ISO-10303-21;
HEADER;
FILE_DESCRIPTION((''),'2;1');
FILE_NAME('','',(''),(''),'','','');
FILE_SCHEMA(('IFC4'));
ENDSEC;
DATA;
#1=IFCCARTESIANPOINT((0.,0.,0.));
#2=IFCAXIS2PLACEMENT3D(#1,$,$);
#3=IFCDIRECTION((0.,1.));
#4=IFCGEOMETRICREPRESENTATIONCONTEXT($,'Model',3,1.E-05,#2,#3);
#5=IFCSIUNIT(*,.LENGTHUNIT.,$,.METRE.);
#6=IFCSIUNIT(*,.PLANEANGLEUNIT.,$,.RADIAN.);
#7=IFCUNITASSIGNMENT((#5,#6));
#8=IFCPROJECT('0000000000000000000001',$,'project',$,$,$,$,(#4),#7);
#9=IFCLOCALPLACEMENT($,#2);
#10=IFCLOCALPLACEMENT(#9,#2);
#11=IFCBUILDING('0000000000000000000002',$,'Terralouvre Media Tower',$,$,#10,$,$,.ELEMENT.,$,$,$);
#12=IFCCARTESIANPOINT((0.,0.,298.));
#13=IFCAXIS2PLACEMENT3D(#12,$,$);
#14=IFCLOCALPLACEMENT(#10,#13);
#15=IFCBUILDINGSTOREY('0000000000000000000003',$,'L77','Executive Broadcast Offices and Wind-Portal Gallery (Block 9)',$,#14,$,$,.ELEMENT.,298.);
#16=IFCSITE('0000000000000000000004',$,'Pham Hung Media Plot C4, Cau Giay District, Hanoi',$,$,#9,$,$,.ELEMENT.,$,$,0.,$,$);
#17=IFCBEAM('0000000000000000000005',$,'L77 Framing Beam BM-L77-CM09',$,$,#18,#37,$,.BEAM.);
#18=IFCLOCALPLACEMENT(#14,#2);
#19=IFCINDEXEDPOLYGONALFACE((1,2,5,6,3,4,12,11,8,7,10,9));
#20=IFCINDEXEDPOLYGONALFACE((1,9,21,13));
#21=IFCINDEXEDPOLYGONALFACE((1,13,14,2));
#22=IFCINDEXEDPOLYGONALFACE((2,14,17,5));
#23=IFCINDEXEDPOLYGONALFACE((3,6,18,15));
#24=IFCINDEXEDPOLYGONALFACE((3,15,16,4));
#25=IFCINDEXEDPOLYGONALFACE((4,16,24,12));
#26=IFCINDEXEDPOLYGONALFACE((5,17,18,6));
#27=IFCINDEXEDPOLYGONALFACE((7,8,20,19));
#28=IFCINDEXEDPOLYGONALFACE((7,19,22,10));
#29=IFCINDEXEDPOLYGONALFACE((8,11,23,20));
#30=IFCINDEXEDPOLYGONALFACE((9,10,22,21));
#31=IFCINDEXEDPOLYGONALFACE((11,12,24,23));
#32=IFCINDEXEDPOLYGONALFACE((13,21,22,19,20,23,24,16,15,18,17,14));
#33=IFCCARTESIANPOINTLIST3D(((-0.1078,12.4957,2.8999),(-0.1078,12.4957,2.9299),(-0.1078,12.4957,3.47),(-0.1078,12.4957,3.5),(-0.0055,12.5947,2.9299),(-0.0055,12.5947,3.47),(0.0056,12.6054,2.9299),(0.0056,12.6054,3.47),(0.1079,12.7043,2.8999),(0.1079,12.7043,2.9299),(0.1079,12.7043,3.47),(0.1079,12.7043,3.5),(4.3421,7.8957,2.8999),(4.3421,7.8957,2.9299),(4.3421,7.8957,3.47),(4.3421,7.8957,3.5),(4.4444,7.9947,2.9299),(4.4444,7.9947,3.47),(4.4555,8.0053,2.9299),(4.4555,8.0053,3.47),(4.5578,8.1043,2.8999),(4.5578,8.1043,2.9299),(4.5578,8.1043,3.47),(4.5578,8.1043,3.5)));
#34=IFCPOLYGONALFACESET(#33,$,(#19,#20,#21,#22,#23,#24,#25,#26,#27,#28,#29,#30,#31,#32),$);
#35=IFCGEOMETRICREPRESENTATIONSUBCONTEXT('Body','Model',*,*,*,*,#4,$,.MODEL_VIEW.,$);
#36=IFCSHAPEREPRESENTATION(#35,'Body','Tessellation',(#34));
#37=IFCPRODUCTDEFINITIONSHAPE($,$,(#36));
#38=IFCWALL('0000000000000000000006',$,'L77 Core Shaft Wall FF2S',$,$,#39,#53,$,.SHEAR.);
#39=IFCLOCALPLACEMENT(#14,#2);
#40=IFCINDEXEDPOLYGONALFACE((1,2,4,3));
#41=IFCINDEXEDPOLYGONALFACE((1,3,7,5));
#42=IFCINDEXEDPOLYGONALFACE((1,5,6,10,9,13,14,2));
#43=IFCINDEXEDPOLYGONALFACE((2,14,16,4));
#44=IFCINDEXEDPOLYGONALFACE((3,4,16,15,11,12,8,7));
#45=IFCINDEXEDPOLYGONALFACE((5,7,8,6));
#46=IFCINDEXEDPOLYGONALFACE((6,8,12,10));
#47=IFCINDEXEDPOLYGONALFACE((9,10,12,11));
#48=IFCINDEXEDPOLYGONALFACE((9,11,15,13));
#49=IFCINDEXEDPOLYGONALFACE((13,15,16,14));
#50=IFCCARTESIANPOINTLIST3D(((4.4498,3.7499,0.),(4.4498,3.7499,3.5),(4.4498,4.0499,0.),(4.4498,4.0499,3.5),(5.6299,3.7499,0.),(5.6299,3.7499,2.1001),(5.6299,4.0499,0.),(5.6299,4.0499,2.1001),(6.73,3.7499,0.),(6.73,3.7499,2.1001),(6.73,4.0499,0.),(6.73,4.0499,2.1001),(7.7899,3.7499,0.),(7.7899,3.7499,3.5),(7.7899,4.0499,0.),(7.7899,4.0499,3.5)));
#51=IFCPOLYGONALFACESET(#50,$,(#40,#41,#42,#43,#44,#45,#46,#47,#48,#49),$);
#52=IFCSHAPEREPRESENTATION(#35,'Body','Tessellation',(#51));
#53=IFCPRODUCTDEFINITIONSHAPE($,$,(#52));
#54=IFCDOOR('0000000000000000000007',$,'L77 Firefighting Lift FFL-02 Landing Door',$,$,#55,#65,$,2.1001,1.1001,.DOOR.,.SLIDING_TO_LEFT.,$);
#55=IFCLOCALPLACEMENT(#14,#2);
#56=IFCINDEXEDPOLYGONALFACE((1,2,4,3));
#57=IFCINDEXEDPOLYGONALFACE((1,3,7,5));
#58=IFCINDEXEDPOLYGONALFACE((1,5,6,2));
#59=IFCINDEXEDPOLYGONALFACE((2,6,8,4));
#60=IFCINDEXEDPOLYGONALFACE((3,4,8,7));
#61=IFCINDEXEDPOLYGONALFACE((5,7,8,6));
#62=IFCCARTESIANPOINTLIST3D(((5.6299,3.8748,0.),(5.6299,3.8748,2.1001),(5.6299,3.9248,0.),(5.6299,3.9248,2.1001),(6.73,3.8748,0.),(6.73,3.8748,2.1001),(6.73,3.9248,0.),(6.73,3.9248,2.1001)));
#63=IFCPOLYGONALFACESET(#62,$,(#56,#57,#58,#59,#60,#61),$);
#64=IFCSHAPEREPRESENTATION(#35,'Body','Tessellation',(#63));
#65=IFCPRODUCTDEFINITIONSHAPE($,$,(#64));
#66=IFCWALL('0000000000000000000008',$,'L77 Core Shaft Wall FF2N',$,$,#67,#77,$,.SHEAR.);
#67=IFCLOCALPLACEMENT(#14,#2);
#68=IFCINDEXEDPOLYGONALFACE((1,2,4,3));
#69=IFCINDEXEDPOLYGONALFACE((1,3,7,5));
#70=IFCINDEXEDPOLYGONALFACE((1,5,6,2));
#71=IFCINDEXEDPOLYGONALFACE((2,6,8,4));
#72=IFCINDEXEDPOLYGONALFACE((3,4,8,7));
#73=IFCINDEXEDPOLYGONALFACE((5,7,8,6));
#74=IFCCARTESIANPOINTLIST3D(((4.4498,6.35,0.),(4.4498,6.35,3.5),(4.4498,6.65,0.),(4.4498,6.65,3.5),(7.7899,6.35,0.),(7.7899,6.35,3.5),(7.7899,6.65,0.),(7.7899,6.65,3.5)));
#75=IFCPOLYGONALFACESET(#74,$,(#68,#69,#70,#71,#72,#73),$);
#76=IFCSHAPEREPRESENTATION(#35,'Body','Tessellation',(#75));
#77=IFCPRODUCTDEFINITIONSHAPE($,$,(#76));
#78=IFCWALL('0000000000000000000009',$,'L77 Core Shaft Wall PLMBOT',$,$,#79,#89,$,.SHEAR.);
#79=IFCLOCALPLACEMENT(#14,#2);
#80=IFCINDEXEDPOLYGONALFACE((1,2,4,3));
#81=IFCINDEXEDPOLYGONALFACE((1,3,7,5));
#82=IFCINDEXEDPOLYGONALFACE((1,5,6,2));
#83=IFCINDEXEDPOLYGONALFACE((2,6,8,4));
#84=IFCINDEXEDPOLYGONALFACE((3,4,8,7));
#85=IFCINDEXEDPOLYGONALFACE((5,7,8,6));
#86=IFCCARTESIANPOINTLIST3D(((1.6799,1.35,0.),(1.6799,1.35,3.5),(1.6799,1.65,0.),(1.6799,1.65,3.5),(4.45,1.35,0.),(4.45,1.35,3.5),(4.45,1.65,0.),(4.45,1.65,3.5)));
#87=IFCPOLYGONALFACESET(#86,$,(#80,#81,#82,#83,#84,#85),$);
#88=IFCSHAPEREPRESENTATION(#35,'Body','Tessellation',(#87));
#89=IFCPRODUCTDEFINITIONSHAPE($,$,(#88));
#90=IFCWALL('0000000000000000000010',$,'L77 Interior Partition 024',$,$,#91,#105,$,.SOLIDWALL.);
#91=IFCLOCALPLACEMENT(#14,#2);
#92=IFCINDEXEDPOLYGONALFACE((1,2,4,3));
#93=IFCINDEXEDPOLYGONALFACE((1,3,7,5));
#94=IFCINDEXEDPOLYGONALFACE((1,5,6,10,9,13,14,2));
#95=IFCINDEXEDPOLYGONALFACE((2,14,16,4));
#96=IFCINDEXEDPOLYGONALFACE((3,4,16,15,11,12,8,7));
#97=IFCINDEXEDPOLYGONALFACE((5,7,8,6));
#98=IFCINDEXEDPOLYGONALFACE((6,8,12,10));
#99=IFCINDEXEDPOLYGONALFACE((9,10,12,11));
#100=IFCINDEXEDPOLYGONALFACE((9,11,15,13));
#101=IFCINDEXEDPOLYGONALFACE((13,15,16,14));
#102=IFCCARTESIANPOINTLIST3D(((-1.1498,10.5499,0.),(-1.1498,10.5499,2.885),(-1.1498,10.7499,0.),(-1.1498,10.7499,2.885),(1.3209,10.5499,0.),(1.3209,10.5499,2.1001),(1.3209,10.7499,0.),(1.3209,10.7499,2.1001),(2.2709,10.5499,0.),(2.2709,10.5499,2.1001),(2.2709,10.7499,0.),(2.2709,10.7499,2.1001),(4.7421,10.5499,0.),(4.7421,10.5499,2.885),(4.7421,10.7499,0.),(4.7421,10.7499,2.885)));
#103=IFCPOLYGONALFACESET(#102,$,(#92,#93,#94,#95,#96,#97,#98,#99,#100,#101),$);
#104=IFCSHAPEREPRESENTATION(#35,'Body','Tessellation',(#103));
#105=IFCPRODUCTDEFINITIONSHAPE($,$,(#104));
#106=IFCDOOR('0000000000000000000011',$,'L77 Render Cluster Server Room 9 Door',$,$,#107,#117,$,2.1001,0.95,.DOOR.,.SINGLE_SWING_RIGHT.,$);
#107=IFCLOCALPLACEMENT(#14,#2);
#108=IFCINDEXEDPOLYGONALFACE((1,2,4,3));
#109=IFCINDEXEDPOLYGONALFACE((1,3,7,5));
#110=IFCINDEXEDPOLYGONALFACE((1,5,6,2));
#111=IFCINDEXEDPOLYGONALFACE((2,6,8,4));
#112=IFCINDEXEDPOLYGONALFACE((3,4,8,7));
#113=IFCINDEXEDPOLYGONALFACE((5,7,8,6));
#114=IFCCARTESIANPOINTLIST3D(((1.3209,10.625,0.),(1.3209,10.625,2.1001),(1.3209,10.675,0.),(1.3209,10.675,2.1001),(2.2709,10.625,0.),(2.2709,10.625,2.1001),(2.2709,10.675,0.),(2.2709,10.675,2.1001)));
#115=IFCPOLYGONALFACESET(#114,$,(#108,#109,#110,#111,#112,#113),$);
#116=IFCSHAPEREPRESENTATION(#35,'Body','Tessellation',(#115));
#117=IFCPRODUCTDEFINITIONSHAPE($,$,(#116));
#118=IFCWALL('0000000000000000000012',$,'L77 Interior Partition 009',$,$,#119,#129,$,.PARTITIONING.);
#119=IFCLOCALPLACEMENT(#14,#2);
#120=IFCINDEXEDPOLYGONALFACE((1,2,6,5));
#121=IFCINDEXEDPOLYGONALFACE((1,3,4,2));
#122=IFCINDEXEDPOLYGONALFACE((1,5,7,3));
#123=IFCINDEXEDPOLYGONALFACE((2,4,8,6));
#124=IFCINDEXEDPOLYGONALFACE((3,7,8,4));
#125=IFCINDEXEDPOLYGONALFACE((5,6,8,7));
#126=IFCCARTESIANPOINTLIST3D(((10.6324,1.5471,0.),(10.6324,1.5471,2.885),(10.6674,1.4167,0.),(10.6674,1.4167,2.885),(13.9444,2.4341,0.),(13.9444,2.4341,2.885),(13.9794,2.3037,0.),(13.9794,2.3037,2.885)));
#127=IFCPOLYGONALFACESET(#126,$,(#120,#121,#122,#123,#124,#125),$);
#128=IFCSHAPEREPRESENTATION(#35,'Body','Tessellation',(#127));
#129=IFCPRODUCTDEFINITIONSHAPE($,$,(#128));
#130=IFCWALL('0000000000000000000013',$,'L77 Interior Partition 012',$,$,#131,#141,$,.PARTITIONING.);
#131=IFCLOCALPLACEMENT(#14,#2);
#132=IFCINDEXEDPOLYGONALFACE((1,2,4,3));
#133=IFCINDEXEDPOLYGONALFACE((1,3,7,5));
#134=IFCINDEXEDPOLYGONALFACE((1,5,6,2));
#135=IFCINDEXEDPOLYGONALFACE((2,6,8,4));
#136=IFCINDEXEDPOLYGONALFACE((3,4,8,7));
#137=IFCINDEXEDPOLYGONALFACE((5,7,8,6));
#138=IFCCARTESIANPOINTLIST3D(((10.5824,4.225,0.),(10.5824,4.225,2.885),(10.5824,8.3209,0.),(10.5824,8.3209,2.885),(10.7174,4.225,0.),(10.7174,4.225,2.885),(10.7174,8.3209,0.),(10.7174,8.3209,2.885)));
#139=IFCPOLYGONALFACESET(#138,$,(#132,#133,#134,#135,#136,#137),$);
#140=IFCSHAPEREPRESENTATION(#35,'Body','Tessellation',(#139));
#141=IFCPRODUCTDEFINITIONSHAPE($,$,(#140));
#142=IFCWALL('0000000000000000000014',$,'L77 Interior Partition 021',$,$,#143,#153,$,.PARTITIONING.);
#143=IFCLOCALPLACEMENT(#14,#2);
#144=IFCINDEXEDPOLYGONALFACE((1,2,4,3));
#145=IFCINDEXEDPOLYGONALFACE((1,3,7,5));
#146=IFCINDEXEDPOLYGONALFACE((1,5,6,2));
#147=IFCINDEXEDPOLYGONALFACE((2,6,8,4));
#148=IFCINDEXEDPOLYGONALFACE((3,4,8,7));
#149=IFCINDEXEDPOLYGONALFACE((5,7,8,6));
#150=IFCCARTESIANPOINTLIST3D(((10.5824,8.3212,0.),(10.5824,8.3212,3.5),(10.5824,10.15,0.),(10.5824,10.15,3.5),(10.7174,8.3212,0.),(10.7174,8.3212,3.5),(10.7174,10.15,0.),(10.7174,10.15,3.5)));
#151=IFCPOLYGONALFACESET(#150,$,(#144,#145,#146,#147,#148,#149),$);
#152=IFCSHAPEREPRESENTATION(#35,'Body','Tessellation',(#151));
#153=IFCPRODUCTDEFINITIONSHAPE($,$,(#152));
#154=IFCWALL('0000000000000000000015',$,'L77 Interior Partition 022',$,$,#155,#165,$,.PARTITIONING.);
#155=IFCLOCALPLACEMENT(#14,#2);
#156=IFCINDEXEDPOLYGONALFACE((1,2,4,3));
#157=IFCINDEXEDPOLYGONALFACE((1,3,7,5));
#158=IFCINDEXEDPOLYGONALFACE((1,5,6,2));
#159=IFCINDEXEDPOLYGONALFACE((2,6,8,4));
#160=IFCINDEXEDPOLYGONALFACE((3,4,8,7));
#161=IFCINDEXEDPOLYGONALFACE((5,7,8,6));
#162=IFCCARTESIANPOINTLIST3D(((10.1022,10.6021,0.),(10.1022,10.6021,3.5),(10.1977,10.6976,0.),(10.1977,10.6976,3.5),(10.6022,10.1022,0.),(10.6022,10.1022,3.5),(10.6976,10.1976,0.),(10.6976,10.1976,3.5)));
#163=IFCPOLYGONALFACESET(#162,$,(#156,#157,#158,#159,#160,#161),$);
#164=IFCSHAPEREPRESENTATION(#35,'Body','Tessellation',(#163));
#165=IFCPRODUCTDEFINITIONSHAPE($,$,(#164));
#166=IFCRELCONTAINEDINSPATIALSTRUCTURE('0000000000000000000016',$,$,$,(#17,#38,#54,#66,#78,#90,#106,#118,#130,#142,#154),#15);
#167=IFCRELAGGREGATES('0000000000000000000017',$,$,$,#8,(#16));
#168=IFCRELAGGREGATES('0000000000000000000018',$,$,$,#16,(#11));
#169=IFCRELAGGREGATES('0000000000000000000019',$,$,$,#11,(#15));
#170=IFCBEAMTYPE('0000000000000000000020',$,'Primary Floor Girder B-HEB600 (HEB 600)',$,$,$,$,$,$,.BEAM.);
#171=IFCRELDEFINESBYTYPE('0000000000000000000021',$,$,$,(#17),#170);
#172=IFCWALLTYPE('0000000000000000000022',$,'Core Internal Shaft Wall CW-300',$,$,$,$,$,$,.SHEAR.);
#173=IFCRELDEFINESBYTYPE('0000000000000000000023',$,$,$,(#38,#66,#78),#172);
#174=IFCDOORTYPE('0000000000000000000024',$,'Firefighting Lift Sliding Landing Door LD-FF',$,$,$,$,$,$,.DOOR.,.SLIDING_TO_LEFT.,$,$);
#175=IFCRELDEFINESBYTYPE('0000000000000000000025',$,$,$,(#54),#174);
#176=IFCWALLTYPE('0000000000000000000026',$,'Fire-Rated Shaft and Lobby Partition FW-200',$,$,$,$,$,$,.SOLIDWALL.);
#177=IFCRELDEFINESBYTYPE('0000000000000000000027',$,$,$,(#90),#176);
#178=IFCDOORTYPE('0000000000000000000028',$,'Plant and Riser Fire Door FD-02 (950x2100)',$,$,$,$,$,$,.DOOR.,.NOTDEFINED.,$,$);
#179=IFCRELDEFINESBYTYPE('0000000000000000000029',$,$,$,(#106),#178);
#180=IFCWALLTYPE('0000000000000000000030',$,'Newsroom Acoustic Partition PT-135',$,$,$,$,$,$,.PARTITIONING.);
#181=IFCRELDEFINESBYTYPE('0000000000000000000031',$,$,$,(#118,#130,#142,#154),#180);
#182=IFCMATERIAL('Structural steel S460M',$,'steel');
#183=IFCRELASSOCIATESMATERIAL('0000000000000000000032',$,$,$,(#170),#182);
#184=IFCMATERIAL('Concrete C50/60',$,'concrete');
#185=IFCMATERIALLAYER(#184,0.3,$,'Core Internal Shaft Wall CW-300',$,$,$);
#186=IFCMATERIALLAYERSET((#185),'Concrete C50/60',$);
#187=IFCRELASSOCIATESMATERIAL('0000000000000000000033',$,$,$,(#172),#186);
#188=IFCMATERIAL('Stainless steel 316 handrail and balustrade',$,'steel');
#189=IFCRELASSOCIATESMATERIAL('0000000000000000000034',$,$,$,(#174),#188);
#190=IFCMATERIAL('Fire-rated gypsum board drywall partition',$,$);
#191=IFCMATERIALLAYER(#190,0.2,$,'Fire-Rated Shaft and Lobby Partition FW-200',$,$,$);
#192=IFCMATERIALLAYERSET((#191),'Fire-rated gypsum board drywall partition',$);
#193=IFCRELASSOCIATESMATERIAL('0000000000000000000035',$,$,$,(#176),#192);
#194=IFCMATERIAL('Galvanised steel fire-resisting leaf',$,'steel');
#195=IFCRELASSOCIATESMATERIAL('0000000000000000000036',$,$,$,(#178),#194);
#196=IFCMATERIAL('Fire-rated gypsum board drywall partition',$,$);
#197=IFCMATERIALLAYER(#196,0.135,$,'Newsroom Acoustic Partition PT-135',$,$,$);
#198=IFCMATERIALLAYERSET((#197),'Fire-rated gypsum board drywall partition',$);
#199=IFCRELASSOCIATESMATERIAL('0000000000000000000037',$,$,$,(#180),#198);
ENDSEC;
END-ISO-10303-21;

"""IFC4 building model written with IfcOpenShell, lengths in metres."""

from ifc_helpers import new_model, si_unit, direction, frame, frame_2d, origin, origin_2d, place, context, subcontext, project, spatial, rectangle, i_section, extrude, material, layer, layer_set, material_profile, profile_set, type_object, element, fill, save


model = new_model("IFC4")

# Units and contexts
model_context = context("Model", 3, precision=1e-05, world=origin(), true_north=direction((0.0, 1.0)))
body_context = subcontext(model_context, "Body", "Model", "MODEL_VIEW")
ifc_project = project(units=[si_unit("LENGTHUNIT", "METRE"), si_unit("PLANEANGLEUNIT", "RADIAN")], contexts=[model_context])

# Site, building, storey
site_placement = place(None, origin())
site = spatial("IfcSite", under=ifc_project, at=site_placement, Name="Pham Hung Media Plot C4, Cau Giay District, Hanoi", CompositionType="ELEMENT", RefElevation=0.0)
building_placement = place(site_placement, origin())
building = spatial("IfcBuilding", under=site, at=building_placement, Name="Terralouvre Media Tower", CompositionType="ELEMENT")
storey_placement = place(building_placement, frame((0.0, 0.0, 298.0)))
storey = spatial("IfcBuildingStorey", under=building, at=storey_placement, Name="L77", Description="Executive Broadcast Offices and Wind-Portal Gallery (Block 9)", CompositionType="ELEMENT", Elevation=298.0)

# Beam
ifc_material_1 = material(Name="Structural steel S460M", Category="steel")
ifc_material_profile_1 = material_profile(ifc_material_1, i_section(OverallWidth=0.3, OverallDepth=0.6001, WebThickness=0.0154, FlangeThickness=0.03, at=origin_2d()), Name="HEB 600")
ifc_profile_set_1 = profile_set([ifc_material_profile_1], Name="Structural steel S460M")
beam_type = type_object("IfcBeamType", Name="Primary Floor Girder B-HEB600 (HEB 600)", PredefinedType="BEAM", material=ifc_profile_set_1)
beam_1_placement = place(storey_placement, frame((4.45, 8.0, 3.2), z_axis=(-0.69528, 0.718739, 0.0), x_axis=(-0.718739, -0.69528, 0.0)))
element("IfcBeam", 1, at=beam_1_placement, inside=storey, type_object=beam_type, Name="L77 Framing Beam BM-L77-CM09", PredefinedType="BEAM", context=body_context, shape_type="SweptSolid", body=[
    extrude(i_section(OverallWidth=0.3, OverallDepth=0.6001, WebThickness=0.0154, FlangeThickness=0.03, at=origin_2d()), origin(), (0.0, 0.0, 1.0), 6.4001),
])

# Wall, opening, door
ifc_material_2 = material(Name="Concrete C50/60", Category="concrete")
ifc_layer_1 = layer(ifc_material_2, 0.3, Name="Core Internal Shaft Wall CW-300")
ifc_layer_set_1 = layer_set([ifc_layer_1], Name="Concrete C50/60")
wall_type_1 = type_object("IfcWallType", Name="Core Internal Shaft Wall CW-300", PredefinedType="SHEAR", material=ifc_layer_set_1)
wall_1_placement = place(storey_placement, frame((4.45, 3.8999, 0.0), z_axis=(0.0, 0.0, 1.0), x_axis=(1.0, 0.0, 0.0)))
wall_1 = element("IfcWall", 2, at=wall_1_placement, inside=storey, type_object=wall_type_1, Name="L77 Core Shaft Wall FF2S", PredefinedType="SHEAR", context=body_context, shape_type="SweptSolid", body=[
    extrude(rectangle(XDim=3.3401, YDim=0.3, at=frame_2d((1.6699, 0.0))), origin(), (0.0, 0.0, 1.0), 3.5),
])
opening_1_placement = place(wall_1_placement, frame((1.1799, 0.0, 0.0)))
opening_1 = element("IfcOpeningElement", 3, at=opening_1_placement, cuts=wall_1, PredefinedType="OPENING", context=body_context, shape_type="SweptSolid", body=[
    extrude(rectangle(XDim=1.1001, YDim=2.1001, at=frame_2d((0.55, 1.05))), frame((0.0, 0.1599, 0.0), z_axis=(0.0, -1.0, 0.0), x_axis=(1.0, 0.0, 0.0)), (0.0, 0.0, 1.0), 0.3201),
])
ifc_material_3 = material(Name="Stainless steel 316 handrail and balustrade", Category="steel")
door_type_1 = type_object("IfcDoorType", Name="Firefighting Lift Sliding Landing Door LD-FF", OperationType="SLIDING_TO_LEFT", PredefinedType="DOOR", material=ifc_material_3)
door_1_placement = place(opening_1_placement, origin())
door_1 = element("IfcDoor", 4, at=door_1_placement, inside=storey, type_object=door_type_1, Name="L77 Firefighting Lift FFL-02 Landing Door", OperationType="SLIDING_TO_LEFT", OverallHeight=2.1001, OverallWidth=1.1001, PredefinedType="DOOR", context=body_context, shape_type="SweptSolid", body=[
    extrude(rectangle(XDim=1.1001, YDim=2.1001, at=frame_2d((0.55, 1.05))), frame((0.0, 0.0249, 0.0), z_axis=(0.0, -1.0, 0.0), x_axis=(1.0, 0.0, 0.0)), (0.0, 0.0, 1.0), 0.05),
])
fill(opening_1, door_1)

# Walls
wall_2_placement = place(storey_placement, frame((4.45, 6.5, 0.0), z_axis=(0.0, 0.0, 1.0), x_axis=(1.0, 0.0, 0.0)))
element("IfcWall", 5, at=wall_2_placement, inside=storey, type_object=wall_type_1, Name="L77 Core Shaft Wall FF2N", PredefinedType="SHEAR", context=body_context, shape_type="SweptSolid", body=[
    extrude(rectangle(XDim=3.3401, YDim=0.3, at=frame_2d((1.6699, 0.0))), origin(), (0.0, 0.0, 1.0), 3.5),
])
wall_3_placement = place(storey_placement, frame((1.6799, 1.5, 0.0), z_axis=(0.0, 0.0, 1.0), x_axis=(1.0, 0.0, 0.0)))
element("IfcWall", 6, at=wall_3_placement, inside=storey, type_object=wall_type_1, Name="L77 Core Shaft Wall PLMBOT", PredefinedType="SHEAR", context=body_context, shape_type="SweptSolid", body=[
    extrude(rectangle(XDim=2.77, YDim=0.3, at=frame_2d((1.385, 0.0))), origin(), (0.0, 0.0, 1.0), 3.5),
])

# Wall, opening, door
ifc_material_4 = material(Name="Fire-rated gypsum board drywall partition")
ifc_layer_2 = layer(ifc_material_4, 0.2, Name="Fire-Rated Shaft and Lobby Partition FW-200")
ifc_layer_set_2 = layer_set([ifc_layer_2], Name="Fire-rated gypsum board drywall partition")
wall_type_2 = type_object("IfcWallType", Name="Fire-Rated Shaft and Lobby Partition FW-200", PredefinedType="SOLIDWALL", material=ifc_layer_set_2)
wall_4_placement = place(storey_placement, frame((4.7419, 10.6499, 0.0), z_axis=(0.0, 0.0, 1.0), x_axis=(-1.0, 0.0, 0.0)))
wall_4 = element("IfcWall", 7, at=wall_4_placement, inside=storey, type_object=wall_type_2, Name="L77 Interior Partition 024", PredefinedType="SOLIDWALL", context=body_context, shape_type="SweptSolid", body=[
    extrude(rectangle(XDim=5.8918, YDim=0.2, at=frame_2d((2.9458, 0.0))), origin(), (0.0, 0.0, 1.0), 2.885),
])
opening_2_placement = place(wall_4_placement, frame((2.4709, 0.0, 0.0)))
opening_2 = element("IfcOpeningElement", 8, at=opening_2_placement, cuts=wall_4, PredefinedType="OPENING", context=body_context, shape_type="SweptSolid", body=[
    extrude(rectangle(XDim=0.95, YDim=2.1001, at=frame_2d((0.4751, 1.05))), frame((0.0, 0.1099, 0.0), z_axis=(0.0, -1.0, 0.0), x_axis=(1.0, 0.0, 0.0)), (0.0, 0.0, 1.0), 0.22),
])
ifc_material_5 = material(Name="Galvanised steel fire-resisting leaf", Category="steel")
door_type_2 = type_object("IfcDoorType", Name="Plant and Riser Fire Door FD-02 (950x2100)", OperationType="NOTDEFINED", PredefinedType="DOOR", material=ifc_material_5)
door_2_placement = place(opening_2_placement, origin())
door_2 = element("IfcDoor", 9, at=door_2_placement, inside=storey, type_object=door_type_2, Name="L77 Render Cluster Server Room 9 Door", OperationType="SINGLE_SWING_RIGHT", OverallHeight=2.1001, OverallWidth=0.95, PredefinedType="DOOR", context=body_context, shape_type="SweptSolid", body=[
    extrude(rectangle(XDim=0.95, YDim=2.1001, at=frame_2d((0.4751, 1.05))), frame((0.0, 0.0249, 0.0), z_axis=(0.0, -1.0, 0.0), x_axis=(1.0, 0.0, 0.0)), (0.0, 0.0, 1.0), 0.05),
])
fill(opening_2, door_2)

# Walls
ifc_material_6 = material(Name="Fire-rated gypsum board drywall partition")
ifc_layer_3 = layer(ifc_material_6, 0.135, Name="Newsroom Acoustic Partition PT-135")
ifc_layer_set_3 = layer_set([ifc_layer_3], Name="Fire-rated gypsum board drywall partition")
wall_type_3 = type_object("IfcWallType", Name="Newsroom Acoustic Partition PT-135", PredefinedType="PARTITIONING", material=ifc_layer_set_3)
wall_5_placement = place(storey_placement, frame((10.6499, 1.4819, 0.0), z_axis=(0.0, 0.0, 1.0), x_axis=(0.965961, 0.258686, 0.0)))
element("IfcWall", 10, at=wall_5_placement, inside=storey, type_object=wall_type_3, Name="L77 Interior Partition 009", PredefinedType="PARTITIONING", context=body_context, shape_type="SweptSolid", body=[
    extrude(rectangle(XDim=3.4287, YDim=0.135, at=frame_2d((1.7144, 0.0))), origin(), (0.0, 0.0, 1.0), 2.885),
])
wall_6_placement = place(storey_placement, frame((10.6499, 4.2251, 0.0), z_axis=(0.0, 0.0, 1.0), x_axis=(0.0, 1.0, 0.0)))
element("IfcWall", 11, at=wall_6_placement, inside=storey, type_object=wall_type_3, Name="L77 Interior Partition 012", PredefinedType="PARTITIONING", context=body_context, shape_type="SweptSolid", body=[
    extrude(rectangle(XDim=4.0959, YDim=0.135, at=frame_2d((2.0479, 0.0))), origin(), (0.0, 0.0, 1.0), 2.885),
])
wall_7_placement = place(storey_placement, frame((10.6499, 8.321, 0.0), z_axis=(0.0, 0.0, 1.0), x_axis=(0.0, 1.0, 0.0)))
element("IfcWall", 12, at=wall_7_placement, inside=storey, type_object=wall_type_3, Name="L77 Interior Partition 021", PredefinedType="PARTITIONING", context=body_context, shape_type="SweptSolid", body=[
    extrude(rectangle(XDim=1.8289, YDim=0.135, at=frame_2d((0.9146, 0.0))), origin(), (0.0, 0.0, 1.0), 3.5),
])
wall_8_placement = place(storey_placement, frame((10.6499, 10.1499, 0.0), z_axis=(0.0, 0.0, 1.0), x_axis=(-0.707107, 0.707107, 0.0)))
element("IfcWall", 13, at=wall_8_placement, inside=storey, type_object=wall_type_3, Name="L77 Interior Partition 022", PredefinedType="PARTITIONING", context=body_context, shape_type="SweptSolid", body=[
    extrude(rectangle(XDim=0.707, YDim=0.135, at=frame_2d((0.3535, 0.0))), origin(), (0.0, 0.0, 1.0), 3.5),
])

save(model, "model.ifc")
